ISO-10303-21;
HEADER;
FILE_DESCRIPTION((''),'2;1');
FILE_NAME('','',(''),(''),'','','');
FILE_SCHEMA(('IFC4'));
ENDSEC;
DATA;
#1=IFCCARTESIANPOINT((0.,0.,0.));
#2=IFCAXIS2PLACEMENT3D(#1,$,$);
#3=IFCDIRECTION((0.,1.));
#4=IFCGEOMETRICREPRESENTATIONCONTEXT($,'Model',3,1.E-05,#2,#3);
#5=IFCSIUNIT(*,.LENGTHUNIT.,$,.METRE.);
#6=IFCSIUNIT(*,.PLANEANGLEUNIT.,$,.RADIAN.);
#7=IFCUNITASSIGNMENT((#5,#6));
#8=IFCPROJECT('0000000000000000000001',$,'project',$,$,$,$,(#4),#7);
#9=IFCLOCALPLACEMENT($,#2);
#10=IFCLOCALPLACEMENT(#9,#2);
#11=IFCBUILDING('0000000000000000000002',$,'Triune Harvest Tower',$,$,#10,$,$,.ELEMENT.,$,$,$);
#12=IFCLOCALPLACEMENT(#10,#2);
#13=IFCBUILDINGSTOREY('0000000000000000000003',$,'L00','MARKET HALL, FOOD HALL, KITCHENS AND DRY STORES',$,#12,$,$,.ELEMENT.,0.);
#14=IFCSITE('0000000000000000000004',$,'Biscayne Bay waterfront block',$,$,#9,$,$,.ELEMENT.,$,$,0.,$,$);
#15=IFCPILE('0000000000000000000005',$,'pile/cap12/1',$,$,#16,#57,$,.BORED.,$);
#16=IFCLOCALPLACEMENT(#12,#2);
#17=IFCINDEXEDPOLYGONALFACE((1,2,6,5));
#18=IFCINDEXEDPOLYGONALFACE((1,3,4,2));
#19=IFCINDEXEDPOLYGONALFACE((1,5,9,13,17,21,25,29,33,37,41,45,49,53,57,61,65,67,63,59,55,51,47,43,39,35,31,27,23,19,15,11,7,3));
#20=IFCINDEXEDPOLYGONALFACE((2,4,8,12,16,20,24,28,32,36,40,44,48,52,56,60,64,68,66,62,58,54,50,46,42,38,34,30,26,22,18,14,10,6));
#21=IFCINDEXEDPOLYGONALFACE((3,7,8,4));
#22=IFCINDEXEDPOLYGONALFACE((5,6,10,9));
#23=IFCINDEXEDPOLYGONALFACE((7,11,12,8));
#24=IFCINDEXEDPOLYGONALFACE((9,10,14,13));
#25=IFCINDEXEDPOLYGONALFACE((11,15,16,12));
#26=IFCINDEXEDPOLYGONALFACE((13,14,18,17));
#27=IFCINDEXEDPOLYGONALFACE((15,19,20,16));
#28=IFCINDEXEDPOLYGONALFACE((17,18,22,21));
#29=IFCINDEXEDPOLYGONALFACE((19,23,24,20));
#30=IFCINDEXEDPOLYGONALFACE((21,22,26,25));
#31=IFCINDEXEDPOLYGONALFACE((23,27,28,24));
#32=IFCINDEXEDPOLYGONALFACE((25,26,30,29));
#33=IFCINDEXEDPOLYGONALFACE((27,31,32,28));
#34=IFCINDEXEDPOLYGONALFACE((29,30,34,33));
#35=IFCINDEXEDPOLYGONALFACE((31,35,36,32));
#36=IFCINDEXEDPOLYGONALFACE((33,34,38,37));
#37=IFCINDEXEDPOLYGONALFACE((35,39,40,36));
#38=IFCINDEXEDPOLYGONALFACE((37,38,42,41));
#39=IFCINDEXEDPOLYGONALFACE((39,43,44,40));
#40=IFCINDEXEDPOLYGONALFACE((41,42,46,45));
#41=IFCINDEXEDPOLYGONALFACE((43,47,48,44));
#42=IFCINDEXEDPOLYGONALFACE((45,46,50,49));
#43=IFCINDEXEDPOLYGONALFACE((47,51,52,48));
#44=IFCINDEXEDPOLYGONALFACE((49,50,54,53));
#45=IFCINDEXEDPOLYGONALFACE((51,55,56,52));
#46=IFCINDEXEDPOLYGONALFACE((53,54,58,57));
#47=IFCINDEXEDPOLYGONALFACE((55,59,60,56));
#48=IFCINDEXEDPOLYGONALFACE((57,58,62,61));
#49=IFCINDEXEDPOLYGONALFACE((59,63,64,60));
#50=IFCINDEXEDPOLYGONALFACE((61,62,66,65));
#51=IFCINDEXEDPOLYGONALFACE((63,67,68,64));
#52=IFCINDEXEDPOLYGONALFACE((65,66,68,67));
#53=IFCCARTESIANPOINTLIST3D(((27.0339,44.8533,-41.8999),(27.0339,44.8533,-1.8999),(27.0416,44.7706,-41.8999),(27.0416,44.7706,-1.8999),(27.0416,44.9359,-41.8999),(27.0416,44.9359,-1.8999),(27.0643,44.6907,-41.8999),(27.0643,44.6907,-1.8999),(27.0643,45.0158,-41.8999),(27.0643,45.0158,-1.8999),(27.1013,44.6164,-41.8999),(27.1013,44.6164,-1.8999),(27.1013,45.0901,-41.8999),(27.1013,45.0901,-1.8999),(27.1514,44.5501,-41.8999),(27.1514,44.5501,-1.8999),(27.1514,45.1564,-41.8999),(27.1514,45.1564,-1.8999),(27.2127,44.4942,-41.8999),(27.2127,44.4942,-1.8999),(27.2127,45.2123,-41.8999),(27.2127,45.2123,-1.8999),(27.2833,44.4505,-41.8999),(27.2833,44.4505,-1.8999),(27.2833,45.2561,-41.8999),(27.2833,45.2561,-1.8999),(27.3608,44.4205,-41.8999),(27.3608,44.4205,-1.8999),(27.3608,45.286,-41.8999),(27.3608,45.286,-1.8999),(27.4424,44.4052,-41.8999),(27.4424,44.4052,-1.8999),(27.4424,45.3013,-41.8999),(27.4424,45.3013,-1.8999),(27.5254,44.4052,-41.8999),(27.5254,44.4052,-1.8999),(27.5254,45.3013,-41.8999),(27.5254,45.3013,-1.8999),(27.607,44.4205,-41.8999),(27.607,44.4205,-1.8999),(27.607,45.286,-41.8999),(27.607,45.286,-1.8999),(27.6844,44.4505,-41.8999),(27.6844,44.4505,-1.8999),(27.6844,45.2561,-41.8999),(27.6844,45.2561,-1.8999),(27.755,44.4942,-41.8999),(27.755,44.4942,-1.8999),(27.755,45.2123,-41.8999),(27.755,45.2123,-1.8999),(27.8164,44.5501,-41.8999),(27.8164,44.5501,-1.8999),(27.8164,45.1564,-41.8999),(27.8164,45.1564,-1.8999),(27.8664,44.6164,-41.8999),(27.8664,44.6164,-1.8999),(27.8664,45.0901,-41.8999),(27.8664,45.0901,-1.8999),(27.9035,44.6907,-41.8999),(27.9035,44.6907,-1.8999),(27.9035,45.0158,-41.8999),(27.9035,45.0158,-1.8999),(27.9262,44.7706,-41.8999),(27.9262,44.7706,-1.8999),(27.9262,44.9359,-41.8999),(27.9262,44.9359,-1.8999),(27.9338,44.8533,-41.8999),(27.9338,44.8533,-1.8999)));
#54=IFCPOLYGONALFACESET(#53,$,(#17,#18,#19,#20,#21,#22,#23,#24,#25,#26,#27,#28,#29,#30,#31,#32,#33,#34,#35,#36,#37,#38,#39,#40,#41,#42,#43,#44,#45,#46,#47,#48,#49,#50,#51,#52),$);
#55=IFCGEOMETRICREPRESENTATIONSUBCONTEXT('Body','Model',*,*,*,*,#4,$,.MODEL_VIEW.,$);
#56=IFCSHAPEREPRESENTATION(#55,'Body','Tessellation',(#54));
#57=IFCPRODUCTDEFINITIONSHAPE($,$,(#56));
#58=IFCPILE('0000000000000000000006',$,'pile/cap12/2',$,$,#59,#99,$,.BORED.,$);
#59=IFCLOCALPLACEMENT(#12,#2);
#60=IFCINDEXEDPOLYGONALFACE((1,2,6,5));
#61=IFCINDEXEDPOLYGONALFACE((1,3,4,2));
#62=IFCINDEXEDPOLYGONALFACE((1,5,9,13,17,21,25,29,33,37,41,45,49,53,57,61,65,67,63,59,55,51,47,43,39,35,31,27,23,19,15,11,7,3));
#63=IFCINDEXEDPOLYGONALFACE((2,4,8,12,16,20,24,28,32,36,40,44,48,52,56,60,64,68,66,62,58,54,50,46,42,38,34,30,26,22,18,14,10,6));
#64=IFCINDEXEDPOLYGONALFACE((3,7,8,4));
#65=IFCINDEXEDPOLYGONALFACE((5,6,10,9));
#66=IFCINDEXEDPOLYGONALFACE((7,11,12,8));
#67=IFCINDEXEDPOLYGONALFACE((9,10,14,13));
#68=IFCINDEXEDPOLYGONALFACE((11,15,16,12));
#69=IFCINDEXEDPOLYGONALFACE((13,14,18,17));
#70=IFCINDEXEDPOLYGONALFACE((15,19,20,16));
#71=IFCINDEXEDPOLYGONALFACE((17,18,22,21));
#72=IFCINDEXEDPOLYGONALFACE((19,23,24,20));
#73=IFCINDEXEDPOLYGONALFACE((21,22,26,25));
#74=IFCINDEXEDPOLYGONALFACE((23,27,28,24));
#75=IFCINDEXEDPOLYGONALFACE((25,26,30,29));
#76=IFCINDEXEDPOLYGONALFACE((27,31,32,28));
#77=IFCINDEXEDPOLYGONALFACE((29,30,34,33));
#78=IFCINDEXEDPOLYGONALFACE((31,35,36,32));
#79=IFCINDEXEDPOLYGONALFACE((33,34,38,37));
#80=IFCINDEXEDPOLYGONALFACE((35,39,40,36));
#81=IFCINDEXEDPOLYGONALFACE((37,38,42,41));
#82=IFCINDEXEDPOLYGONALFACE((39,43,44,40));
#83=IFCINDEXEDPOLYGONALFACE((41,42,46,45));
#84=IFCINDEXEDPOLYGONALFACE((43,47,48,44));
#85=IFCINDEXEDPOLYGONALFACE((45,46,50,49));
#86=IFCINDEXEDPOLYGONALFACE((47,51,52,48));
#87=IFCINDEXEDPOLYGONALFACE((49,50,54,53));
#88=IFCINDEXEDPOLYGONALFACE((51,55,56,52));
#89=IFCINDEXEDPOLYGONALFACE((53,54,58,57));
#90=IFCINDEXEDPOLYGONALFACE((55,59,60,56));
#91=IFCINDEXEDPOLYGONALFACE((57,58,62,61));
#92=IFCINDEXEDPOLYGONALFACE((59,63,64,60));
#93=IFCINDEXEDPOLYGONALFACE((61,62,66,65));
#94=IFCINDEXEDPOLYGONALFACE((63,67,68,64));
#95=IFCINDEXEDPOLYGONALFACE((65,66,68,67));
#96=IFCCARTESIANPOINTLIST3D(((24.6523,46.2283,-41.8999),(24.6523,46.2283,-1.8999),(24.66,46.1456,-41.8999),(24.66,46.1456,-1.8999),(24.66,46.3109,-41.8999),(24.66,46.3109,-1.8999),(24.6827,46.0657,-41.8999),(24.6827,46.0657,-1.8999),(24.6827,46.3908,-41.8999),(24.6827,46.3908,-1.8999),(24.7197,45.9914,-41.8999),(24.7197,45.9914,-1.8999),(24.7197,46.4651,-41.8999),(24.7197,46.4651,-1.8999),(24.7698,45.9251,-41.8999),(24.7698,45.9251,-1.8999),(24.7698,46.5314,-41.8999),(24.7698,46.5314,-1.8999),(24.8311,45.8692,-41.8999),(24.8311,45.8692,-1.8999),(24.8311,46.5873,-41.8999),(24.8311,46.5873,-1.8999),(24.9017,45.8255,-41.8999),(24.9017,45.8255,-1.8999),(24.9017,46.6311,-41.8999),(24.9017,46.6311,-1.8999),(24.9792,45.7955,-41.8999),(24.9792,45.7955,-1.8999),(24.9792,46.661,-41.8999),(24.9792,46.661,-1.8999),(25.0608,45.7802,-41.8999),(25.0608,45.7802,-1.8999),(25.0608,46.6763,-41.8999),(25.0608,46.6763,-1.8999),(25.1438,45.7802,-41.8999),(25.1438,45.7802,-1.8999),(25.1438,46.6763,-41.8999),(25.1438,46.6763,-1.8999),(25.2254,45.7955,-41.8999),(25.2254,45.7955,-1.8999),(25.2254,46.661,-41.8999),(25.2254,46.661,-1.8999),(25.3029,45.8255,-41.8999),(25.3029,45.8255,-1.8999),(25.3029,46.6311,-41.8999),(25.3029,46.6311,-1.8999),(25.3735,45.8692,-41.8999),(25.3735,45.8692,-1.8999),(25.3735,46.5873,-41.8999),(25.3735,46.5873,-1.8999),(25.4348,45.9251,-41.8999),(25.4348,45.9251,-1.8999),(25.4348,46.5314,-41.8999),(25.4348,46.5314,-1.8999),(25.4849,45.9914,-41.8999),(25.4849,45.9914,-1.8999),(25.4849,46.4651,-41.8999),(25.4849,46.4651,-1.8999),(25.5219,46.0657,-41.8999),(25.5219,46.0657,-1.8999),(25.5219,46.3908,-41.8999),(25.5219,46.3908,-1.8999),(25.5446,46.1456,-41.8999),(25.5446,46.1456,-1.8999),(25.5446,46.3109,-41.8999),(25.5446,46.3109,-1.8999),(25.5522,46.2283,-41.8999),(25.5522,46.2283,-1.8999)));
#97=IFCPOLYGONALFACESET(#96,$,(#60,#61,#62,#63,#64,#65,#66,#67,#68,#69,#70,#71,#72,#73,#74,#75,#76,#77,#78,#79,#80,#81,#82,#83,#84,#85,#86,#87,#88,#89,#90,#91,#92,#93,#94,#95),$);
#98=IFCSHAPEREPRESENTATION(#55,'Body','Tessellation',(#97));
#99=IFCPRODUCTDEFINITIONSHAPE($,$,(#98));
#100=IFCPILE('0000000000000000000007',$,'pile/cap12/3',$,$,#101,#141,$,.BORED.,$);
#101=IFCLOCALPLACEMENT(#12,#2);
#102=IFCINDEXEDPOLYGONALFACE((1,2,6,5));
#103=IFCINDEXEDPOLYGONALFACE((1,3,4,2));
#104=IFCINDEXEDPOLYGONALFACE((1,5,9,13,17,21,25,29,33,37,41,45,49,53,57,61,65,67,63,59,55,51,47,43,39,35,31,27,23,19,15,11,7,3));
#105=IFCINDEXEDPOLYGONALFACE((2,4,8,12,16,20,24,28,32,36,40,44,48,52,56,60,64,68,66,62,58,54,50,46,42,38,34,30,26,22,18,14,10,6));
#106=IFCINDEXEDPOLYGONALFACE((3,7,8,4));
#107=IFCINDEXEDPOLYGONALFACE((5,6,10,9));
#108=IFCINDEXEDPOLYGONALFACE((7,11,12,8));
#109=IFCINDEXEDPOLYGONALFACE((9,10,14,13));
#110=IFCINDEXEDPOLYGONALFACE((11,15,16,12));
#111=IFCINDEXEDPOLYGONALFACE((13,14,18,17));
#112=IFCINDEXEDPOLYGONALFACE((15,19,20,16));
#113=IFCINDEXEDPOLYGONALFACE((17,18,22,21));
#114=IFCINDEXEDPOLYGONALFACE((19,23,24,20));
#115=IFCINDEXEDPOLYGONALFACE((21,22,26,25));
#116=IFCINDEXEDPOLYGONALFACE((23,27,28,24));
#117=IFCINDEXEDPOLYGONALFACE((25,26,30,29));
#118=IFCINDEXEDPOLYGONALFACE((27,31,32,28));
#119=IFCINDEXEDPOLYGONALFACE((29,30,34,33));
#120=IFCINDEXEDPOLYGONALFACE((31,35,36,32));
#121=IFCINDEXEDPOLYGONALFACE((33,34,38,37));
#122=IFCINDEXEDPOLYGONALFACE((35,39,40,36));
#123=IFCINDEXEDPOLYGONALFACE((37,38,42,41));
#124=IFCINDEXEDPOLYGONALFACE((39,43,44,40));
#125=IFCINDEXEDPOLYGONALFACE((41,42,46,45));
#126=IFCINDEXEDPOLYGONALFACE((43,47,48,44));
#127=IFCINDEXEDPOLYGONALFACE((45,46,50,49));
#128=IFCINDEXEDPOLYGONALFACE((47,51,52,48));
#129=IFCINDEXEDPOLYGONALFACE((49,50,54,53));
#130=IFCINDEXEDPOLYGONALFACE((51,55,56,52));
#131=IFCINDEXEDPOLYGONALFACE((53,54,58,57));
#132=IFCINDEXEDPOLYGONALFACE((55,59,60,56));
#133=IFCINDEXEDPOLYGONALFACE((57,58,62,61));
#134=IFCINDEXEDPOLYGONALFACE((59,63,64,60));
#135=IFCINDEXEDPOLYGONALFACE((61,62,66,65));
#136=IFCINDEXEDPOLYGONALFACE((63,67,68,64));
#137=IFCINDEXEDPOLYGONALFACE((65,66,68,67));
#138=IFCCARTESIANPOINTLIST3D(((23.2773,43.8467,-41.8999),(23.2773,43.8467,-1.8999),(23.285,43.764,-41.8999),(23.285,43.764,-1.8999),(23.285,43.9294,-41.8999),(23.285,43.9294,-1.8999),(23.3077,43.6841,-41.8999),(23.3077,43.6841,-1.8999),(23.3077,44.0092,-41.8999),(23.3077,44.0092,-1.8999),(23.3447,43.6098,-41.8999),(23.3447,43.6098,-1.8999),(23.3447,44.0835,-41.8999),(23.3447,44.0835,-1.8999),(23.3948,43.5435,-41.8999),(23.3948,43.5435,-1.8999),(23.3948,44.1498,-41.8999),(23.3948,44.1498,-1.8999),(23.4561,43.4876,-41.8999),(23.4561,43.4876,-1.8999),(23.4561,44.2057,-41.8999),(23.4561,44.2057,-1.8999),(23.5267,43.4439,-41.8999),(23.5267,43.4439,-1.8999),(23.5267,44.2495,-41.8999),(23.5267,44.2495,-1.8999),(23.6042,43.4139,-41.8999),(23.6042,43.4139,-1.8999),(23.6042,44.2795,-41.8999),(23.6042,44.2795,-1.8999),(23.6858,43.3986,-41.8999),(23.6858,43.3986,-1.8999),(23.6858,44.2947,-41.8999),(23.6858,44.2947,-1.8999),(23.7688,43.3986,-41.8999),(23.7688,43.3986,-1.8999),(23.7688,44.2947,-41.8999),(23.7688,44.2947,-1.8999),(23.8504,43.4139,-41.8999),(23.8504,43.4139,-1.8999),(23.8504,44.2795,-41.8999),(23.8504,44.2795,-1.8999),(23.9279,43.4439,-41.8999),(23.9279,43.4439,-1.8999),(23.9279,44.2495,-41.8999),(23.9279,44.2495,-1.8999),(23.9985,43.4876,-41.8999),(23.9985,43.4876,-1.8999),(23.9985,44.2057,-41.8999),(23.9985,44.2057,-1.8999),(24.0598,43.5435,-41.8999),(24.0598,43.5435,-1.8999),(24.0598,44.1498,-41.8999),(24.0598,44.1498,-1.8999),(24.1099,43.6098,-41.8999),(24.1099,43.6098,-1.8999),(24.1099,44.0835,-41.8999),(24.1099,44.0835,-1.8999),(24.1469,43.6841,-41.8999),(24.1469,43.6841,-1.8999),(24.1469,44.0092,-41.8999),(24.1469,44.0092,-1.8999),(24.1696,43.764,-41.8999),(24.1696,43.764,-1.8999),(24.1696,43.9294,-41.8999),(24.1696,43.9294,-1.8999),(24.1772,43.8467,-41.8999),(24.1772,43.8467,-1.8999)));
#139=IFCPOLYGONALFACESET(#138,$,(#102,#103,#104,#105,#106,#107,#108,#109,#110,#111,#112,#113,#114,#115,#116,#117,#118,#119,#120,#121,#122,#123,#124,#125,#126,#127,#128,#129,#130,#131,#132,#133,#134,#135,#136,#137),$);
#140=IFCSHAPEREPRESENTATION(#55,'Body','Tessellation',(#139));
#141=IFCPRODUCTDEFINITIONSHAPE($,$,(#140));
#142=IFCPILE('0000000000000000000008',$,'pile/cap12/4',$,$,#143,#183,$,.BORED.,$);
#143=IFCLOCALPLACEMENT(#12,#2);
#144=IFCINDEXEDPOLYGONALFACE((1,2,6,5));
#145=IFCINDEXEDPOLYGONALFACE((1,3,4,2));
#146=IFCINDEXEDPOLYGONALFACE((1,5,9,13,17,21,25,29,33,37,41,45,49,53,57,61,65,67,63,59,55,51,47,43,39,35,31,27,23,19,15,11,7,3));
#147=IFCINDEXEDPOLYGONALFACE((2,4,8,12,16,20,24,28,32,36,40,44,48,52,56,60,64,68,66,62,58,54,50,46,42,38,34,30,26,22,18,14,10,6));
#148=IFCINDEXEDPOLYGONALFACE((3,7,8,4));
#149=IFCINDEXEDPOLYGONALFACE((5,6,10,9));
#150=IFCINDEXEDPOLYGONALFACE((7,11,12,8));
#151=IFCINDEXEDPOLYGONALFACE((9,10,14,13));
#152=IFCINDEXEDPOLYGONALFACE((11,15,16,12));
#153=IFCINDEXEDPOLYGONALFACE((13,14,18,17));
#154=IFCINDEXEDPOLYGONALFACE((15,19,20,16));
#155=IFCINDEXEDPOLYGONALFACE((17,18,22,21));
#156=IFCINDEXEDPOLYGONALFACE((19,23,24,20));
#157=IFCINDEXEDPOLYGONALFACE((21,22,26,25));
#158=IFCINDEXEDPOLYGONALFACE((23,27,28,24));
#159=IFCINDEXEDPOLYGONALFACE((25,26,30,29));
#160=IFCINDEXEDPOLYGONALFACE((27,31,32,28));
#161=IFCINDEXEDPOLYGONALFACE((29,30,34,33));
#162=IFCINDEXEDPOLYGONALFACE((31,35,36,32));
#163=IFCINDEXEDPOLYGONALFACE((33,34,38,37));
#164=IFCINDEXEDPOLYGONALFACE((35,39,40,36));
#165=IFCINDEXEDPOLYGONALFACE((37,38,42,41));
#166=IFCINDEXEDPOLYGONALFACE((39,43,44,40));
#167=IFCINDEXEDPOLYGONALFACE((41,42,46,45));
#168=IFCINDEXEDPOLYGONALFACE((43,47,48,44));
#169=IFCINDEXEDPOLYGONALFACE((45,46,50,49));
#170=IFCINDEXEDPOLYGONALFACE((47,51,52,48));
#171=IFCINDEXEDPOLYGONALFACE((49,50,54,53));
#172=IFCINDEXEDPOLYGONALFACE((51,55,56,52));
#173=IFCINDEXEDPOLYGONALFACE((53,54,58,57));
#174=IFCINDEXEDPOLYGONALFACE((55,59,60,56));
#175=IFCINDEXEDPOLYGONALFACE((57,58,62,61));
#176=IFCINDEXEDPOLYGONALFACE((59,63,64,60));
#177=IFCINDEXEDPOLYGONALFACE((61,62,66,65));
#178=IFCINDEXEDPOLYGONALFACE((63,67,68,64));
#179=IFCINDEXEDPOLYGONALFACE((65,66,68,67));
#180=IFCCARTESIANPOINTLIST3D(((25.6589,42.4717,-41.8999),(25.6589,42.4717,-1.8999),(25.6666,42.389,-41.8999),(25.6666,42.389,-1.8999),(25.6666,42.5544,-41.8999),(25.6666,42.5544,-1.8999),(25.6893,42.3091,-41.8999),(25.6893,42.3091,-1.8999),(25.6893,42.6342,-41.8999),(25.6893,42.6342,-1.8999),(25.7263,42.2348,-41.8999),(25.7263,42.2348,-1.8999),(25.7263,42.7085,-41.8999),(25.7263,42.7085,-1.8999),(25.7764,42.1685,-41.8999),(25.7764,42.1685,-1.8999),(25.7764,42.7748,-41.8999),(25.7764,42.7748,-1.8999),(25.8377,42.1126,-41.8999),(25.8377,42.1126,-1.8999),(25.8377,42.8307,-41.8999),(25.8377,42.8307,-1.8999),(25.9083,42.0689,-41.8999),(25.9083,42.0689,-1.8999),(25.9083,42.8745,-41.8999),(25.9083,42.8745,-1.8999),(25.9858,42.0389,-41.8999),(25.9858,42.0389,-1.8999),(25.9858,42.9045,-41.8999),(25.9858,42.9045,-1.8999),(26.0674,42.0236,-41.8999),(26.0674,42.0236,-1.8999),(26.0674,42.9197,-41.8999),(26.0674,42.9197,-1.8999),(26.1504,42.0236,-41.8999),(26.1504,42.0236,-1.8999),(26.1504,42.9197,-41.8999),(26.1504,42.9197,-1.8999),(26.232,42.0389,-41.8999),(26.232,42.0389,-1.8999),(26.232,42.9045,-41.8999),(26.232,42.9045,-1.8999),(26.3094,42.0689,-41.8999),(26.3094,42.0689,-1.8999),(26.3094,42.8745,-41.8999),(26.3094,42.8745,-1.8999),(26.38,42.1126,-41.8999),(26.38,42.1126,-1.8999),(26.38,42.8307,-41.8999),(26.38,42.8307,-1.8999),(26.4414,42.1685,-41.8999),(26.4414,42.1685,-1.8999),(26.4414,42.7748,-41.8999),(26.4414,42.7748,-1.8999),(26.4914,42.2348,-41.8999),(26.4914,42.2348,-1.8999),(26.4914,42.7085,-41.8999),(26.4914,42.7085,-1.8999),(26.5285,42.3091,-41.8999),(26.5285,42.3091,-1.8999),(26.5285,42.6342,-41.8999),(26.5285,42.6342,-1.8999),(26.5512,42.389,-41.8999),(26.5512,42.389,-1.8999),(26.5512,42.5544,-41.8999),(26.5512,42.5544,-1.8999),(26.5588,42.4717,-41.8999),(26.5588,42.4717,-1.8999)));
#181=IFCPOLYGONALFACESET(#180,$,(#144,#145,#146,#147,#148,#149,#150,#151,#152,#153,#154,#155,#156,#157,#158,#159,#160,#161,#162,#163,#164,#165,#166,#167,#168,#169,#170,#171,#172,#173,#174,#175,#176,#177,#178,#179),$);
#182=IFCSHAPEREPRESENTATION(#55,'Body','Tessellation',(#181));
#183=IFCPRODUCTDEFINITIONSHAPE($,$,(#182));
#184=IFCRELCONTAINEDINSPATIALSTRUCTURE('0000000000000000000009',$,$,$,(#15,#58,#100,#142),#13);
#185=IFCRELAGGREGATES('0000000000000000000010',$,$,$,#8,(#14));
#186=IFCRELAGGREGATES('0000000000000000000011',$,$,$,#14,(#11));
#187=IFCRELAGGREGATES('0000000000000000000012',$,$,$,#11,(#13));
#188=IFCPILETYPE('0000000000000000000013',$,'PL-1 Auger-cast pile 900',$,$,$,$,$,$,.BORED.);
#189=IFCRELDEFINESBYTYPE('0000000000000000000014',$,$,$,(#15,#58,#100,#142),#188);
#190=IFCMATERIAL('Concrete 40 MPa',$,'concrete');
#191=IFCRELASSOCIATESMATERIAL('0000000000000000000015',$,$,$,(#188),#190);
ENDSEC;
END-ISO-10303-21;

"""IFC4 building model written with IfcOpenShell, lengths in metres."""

from ifc_helpers import new_model, si_unit, direction, frame, origin, origin_2d, place, context, subcontext, project, spatial, circle, extrude, source, transform, mapped, material, material_profile, profile_set, type_object, element, save


model = new_model("IFC4")

# Units and contexts
model_context = context("Model", 3, precision=1e-05, world=origin(), true_north=direction((0.0, 1.0)))
body_context = subcontext(model_context, "Body", "Model", "MODEL_VIEW")
ifc_project = project(units=[si_unit("LENGTHUNIT", "METRE"), si_unit("PLANEANGLEUNIT", "RADIAN")], contexts=[model_context])

# Site, building, storey
site_placement = place(None, origin())
site = spatial("IfcSite", under=ifc_project, at=site_placement, Name="Biscayne Bay waterfront block", CompositionType="ELEMENT", RefElevation=0.0)
building_placement = place(site_placement, origin())
building = spatial("IfcBuilding", under=site, at=building_placement, Name="Triune Harvest Tower", CompositionType="ELEMENT")
storey_placement = place(building_placement, origin())
storey = spatial("IfcBuildingStorey", under=building, at=storey_placement, Name="L00", Description="MARKET HALL, FOOD HALL, KITCHENS AND DRY STORES", CompositionType="ELEMENT", Elevation=0.0)

# Piles
ifc_material_1 = material(Name="Concrete 40 MPa", Category="concrete")
ifc_material_profile_1 = material_profile(ifc_material_1, circle(Radius=0.45, at=origin_2d()), Name="Bored 900")
ifc_profile_set_1 = profile_set([ifc_material_profile_1], Name="Concrete 40 MPa")
pile_type = type_object("IfcPileType", Name="PL-1 Auger-cast pile 900", PredefinedType="BORED", material=ifc_profile_set_1)
shared_shape_1 = source(origin(), body_context, "Body", "SweptSolid", [
    extrude(circle(Radius=0.45, at=origin_2d()), origin(), (0.0, 0.0, 1.0), 40.0),
])
for number, where, z_axis, x_axis, name in (
    (1, (27.4839, 44.8533, -1.8999), (0.0, 0.0, -1.0), (1.0, 0.0, 0.0), "pile/cap12/1"),
    (2, (25.1023, 46.2283, -1.8999), (0.0, 0.0, -1.0), (1.0, 0.0, 0.0), "pile/cap12/2"),
    (3, (23.7273, 43.8467, -1.8999), (0.0, 0.0, -1.0), (1.0, 0.0, 0.0), "pile/cap12/3"),
    (4, (26.1089, 42.4717, -1.8999), (0.0, 0.0, -1.0), (1.0, 0.0, 0.0), "pile/cap12/4"),
):
    element("IfcPile", number, at=place(storey_placement, frame(where, z_axis=z_axis, x_axis=x_axis)), inside=storey, type_object=pile_type, Name=name, PredefinedType="BORED", context=body_context, shape_type="MappedRepresentation", body=[
        mapped(shared_shape_1, transform((0.0, 0.0, 0.0), scale=1.0)),
    ])

save(model, "model.ifc")
